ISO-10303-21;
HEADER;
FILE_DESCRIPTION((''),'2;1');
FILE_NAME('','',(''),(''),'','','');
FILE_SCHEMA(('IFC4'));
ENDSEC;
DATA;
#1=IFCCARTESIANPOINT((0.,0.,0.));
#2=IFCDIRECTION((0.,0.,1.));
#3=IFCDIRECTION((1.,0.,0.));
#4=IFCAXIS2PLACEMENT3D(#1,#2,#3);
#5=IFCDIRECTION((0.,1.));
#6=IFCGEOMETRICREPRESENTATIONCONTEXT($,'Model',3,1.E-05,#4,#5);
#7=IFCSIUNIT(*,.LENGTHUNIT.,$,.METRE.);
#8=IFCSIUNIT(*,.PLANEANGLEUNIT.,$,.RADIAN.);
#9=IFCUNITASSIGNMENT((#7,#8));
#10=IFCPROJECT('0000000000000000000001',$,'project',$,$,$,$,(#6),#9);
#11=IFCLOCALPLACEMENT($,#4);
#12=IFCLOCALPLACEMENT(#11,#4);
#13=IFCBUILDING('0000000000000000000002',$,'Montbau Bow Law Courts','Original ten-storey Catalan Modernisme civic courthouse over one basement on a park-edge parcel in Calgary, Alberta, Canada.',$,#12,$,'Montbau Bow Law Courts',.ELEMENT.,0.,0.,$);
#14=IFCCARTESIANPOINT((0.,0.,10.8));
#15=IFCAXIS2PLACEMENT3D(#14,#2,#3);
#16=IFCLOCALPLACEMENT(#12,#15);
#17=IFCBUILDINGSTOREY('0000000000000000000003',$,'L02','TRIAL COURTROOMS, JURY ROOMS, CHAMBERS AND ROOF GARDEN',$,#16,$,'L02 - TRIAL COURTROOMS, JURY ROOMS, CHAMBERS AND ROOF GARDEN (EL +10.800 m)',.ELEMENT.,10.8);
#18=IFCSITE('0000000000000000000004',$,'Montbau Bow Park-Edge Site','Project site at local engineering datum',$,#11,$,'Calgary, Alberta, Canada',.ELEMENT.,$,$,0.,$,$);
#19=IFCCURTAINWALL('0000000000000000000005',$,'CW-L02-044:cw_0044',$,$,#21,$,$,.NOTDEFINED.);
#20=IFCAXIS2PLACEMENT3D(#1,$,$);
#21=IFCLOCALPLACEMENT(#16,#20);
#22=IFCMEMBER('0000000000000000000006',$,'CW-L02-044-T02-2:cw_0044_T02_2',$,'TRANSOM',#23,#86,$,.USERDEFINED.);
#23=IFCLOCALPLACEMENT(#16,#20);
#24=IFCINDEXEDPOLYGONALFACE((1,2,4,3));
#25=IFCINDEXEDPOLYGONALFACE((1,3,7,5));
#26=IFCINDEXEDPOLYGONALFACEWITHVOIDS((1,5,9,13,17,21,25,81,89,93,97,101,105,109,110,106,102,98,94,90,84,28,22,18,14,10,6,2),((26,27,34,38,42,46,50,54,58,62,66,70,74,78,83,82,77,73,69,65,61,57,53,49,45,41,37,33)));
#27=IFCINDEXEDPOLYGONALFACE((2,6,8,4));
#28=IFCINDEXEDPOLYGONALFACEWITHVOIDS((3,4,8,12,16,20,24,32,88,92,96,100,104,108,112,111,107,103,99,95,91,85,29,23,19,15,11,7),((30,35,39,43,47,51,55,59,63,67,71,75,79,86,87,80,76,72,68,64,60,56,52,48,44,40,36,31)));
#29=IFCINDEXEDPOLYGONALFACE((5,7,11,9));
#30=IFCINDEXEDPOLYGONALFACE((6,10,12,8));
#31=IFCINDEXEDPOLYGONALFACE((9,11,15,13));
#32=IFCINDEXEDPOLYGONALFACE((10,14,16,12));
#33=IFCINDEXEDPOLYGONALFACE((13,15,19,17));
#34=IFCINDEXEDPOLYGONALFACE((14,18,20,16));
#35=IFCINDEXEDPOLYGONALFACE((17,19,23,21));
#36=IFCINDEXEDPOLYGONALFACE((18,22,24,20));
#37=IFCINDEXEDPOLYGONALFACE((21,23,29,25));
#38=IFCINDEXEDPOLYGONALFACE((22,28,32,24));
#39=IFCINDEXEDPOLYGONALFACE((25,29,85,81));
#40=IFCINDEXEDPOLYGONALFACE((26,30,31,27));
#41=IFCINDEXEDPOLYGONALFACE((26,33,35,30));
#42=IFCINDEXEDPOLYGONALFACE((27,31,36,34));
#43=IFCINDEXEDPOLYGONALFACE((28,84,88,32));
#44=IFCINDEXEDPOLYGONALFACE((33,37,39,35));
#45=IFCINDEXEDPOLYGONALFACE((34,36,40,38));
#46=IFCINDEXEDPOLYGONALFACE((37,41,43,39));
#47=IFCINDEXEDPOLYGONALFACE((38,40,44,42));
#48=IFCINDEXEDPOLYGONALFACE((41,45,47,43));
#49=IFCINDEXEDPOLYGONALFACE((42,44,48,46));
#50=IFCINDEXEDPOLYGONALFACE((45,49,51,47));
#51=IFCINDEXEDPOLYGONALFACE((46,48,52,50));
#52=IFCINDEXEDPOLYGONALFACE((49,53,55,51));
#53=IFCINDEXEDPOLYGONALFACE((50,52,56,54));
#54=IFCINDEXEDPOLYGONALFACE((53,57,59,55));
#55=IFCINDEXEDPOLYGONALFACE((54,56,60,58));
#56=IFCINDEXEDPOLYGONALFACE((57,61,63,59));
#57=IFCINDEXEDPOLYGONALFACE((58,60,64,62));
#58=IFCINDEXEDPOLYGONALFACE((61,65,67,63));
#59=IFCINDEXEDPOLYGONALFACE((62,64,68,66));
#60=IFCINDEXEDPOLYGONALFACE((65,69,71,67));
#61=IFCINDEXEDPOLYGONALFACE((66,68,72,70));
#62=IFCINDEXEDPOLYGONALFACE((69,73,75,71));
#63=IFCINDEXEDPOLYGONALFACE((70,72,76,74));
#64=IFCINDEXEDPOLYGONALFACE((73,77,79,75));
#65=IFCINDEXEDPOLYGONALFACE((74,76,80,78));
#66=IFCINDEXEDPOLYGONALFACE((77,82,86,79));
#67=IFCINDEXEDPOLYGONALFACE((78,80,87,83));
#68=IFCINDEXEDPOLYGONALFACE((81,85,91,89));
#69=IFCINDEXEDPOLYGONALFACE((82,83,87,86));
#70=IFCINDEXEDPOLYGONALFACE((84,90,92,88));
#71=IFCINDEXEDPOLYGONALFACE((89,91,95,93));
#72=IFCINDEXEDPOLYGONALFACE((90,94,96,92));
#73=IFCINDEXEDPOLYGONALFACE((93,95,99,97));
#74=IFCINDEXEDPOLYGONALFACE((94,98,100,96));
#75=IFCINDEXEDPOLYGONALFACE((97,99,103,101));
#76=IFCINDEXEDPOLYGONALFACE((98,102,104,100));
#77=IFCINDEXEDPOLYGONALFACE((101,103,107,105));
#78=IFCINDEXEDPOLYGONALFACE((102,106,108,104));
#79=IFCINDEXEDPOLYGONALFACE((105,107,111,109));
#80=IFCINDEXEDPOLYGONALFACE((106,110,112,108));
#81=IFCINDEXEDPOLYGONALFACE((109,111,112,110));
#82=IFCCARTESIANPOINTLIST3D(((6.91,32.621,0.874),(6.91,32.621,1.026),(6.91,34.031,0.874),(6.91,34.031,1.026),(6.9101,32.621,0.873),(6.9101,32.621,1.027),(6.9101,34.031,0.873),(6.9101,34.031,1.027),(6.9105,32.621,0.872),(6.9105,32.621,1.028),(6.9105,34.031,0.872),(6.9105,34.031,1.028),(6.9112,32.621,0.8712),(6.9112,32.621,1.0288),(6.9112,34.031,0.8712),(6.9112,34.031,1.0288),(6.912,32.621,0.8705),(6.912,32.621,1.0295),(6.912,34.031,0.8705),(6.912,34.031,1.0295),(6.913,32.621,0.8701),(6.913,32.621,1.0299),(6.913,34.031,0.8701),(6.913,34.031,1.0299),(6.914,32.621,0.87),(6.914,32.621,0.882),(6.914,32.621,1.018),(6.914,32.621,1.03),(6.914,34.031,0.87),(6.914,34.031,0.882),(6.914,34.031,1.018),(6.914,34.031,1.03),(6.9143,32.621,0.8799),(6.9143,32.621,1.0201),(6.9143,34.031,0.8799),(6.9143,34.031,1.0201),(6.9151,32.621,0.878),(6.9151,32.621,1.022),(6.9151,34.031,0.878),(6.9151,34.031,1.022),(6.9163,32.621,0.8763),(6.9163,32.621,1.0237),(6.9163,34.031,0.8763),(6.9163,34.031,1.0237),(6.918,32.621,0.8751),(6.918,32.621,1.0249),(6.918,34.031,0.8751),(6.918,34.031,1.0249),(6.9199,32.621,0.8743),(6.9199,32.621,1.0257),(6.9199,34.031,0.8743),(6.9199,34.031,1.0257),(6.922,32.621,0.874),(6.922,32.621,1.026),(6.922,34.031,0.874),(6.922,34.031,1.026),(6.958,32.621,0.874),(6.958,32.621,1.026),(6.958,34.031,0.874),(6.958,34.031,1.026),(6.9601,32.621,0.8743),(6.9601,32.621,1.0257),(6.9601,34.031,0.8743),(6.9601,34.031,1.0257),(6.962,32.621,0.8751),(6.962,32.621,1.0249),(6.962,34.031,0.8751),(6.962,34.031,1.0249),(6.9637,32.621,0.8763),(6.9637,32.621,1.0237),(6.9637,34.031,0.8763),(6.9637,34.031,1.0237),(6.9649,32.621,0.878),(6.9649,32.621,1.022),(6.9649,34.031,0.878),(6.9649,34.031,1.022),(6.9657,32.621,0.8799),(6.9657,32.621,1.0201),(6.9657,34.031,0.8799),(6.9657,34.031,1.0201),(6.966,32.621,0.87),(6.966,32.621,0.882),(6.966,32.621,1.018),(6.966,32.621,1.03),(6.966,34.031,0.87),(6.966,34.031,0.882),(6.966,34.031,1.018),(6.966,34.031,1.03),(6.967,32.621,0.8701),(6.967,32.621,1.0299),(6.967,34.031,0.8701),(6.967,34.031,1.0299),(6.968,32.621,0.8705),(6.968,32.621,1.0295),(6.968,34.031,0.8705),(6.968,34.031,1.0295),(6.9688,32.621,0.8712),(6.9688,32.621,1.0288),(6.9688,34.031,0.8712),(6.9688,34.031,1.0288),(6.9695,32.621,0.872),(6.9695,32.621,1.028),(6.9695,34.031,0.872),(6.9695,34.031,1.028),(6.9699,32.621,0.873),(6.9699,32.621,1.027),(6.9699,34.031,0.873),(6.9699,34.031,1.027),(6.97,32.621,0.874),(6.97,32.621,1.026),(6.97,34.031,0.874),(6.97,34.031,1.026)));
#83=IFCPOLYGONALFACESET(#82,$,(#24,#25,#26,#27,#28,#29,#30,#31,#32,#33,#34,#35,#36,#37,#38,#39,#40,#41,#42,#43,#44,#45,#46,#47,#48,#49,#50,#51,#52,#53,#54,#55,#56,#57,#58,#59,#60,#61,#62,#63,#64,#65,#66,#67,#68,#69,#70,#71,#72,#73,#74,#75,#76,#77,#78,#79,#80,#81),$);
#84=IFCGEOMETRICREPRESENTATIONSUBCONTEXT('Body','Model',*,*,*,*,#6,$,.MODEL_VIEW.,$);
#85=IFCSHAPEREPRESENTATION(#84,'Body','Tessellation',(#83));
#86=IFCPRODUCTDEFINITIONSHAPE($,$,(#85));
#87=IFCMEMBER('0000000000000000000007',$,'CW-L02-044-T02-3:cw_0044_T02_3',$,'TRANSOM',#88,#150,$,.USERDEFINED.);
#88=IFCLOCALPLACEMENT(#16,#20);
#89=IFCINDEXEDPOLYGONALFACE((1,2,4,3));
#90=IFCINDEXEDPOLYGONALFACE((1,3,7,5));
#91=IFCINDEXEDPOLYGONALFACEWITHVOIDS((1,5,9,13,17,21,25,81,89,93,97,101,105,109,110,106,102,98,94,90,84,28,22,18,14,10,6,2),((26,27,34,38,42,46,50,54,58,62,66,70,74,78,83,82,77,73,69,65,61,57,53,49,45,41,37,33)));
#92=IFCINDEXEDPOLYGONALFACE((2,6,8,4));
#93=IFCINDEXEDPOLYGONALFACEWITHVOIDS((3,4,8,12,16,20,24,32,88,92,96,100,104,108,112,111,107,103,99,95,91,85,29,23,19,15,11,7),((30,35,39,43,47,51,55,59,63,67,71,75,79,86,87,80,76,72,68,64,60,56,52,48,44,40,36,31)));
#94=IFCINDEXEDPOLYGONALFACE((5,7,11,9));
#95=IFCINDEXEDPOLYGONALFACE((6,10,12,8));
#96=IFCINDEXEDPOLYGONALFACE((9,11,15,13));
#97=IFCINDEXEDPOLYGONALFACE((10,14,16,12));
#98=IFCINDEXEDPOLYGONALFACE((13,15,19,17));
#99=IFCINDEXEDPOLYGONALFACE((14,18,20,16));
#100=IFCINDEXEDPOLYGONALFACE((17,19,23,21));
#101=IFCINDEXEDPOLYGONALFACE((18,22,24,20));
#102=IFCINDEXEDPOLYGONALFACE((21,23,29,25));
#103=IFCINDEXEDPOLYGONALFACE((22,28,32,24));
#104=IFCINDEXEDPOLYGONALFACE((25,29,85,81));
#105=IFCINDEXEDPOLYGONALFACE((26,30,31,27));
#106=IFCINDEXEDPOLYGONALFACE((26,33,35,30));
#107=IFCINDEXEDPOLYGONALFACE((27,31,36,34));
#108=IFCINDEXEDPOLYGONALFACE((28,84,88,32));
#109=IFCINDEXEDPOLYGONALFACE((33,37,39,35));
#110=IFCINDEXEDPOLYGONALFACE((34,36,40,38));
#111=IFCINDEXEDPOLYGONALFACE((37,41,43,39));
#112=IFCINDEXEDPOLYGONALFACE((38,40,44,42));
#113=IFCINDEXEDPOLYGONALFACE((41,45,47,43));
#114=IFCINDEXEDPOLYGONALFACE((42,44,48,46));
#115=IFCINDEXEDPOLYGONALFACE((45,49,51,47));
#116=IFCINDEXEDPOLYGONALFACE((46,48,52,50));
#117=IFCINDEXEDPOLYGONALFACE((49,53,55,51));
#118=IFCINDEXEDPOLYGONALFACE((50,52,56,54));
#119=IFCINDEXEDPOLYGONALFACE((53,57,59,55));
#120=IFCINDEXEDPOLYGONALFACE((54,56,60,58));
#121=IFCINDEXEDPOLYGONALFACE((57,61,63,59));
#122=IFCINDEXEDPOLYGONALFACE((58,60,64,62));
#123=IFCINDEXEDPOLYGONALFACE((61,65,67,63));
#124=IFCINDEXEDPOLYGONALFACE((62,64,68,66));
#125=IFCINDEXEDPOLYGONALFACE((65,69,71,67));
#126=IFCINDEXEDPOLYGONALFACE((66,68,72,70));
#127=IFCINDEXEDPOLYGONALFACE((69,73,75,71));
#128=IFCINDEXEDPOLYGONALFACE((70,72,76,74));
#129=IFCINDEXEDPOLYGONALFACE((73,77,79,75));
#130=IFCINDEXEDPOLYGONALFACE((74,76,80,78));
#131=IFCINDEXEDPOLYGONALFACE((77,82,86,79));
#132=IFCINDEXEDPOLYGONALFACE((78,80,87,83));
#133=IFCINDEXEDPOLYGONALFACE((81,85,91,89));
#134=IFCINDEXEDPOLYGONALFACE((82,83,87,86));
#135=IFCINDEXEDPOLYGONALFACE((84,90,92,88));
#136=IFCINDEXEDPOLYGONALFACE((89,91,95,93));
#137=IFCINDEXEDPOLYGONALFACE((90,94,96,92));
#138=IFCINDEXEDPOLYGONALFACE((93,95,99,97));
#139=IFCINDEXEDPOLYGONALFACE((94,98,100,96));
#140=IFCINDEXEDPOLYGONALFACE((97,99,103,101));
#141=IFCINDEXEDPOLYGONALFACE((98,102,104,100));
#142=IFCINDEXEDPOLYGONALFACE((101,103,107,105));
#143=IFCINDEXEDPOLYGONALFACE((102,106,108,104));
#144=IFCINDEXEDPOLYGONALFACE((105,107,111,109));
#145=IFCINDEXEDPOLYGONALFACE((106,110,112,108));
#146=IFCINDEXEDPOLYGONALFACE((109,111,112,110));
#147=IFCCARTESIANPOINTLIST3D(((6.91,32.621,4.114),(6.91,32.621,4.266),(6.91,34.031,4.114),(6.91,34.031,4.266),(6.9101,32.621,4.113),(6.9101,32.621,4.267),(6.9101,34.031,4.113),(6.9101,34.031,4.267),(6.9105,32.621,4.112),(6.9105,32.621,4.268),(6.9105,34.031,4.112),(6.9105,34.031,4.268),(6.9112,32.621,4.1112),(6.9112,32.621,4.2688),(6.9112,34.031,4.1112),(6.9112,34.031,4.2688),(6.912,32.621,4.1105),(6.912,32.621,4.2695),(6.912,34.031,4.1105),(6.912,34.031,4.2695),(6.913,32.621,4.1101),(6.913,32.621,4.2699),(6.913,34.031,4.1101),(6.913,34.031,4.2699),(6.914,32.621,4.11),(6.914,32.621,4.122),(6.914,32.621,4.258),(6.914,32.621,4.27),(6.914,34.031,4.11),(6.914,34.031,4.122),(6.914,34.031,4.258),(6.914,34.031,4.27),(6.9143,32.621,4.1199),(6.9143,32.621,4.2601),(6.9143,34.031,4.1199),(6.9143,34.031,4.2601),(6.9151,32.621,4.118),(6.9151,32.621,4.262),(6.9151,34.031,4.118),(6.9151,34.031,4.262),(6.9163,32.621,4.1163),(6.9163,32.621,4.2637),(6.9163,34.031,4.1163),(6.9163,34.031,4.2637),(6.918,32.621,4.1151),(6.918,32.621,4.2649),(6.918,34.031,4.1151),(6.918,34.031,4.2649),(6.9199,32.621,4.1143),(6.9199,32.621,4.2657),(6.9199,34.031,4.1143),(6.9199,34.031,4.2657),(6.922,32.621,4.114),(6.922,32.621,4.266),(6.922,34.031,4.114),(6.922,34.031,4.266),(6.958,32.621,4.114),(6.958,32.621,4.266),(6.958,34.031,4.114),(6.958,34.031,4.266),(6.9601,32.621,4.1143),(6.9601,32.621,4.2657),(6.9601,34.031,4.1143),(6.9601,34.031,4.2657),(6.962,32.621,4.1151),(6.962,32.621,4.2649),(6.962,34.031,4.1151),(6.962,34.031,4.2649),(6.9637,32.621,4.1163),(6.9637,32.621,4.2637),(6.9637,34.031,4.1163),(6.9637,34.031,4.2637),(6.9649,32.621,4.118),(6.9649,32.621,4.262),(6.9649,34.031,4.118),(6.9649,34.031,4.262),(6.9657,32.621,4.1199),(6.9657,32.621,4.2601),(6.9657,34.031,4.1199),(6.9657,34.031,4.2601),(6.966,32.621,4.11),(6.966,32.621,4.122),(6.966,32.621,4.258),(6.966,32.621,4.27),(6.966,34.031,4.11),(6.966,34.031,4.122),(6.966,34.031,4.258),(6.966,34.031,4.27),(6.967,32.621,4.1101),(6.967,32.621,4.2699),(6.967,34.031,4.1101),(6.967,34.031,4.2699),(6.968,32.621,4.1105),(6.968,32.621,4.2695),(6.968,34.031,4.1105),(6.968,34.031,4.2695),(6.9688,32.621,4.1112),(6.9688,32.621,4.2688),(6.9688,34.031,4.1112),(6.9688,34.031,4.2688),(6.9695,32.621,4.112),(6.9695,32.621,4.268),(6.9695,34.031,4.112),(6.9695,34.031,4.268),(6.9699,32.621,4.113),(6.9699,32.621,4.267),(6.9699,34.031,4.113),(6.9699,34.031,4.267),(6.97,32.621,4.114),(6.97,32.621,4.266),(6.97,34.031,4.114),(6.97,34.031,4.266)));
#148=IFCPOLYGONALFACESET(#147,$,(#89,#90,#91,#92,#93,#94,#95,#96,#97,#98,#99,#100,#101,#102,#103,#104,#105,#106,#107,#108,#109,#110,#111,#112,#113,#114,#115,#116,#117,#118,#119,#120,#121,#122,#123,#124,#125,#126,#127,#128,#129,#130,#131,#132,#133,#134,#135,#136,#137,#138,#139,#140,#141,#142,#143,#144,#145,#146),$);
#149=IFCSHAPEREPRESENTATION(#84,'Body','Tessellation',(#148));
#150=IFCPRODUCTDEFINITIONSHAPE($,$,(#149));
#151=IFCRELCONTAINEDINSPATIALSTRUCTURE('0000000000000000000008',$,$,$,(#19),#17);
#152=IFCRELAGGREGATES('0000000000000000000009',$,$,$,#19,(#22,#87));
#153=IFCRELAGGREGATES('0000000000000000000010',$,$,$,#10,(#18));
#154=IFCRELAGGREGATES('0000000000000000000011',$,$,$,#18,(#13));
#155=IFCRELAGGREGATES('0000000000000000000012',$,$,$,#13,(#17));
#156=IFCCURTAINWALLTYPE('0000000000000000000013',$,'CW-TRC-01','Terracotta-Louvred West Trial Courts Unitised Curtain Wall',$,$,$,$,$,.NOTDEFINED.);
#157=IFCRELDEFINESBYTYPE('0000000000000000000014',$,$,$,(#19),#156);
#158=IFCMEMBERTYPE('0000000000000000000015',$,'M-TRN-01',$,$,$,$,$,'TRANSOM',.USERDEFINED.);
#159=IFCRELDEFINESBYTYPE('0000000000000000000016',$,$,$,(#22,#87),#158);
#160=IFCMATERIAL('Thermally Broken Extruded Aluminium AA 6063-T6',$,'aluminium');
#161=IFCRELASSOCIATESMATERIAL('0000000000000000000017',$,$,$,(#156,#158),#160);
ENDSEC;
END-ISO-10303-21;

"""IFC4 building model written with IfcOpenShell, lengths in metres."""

from ifc_helpers import new_model, si_unit, direction, frame, origin_with_axes, origin_2d_with_axis, place, context, subcontext, project, spatial, hollow_rectangle, extrude, material, material_profile, profile_set, type_object, element, aggregate, save


model = new_model("IFC4")

# Units and contexts
model_context = context("Model", 3, precision=1e-05, world=origin_with_axes(), true_north=direction((0.0, 1.0)))
body_context = subcontext(model_context, "Body", "Model", "MODEL_VIEW")
ifc_project = project(units=[si_unit("LENGTHUNIT", "METRE"), si_unit("PLANEANGLEUNIT", "RADIAN")], contexts=[model_context])

# Site, building, storey
site_placement = place(None, origin_with_axes())
site = spatial("IfcSite", under=ifc_project, at=site_placement, Name="Montbau Bow Park-Edge Site", Description="Project site at local engineering datum", LongName="Calgary, Alberta, Canada", CompositionType="ELEMENT", RefElevation=0.0)
building_placement = place(site_placement, origin_with_axes())
building = spatial("IfcBuilding", under=site, at=building_placement, Name="Montbau Bow Law Courts", Description="Original ten-storey Catalan Modernisme civic courthouse over one basement on a park-edge parcel in Calgary, Alberta, Canada.", LongName="Montbau Bow Law Courts", CompositionType="ELEMENT", ElevationOfRefHeight=0.0, ElevationOfTerrain=0.0)
storey_placement = place(building_placement, frame((0.0, 0.0, 10.8), z_axis=(0.0, 0.0, 1.0), x_axis=(1.0, 0.0, 0.0)))
storey = spatial("IfcBuildingStorey", under=building, at=storey_placement, Name="L02", Description="TRIAL COURTROOMS, JURY ROOMS, CHAMBERS AND ROOF GARDEN", LongName="L02 - TRIAL COURTROOMS, JURY ROOMS, CHAMBERS AND ROOF GARDEN (EL +10.800 m)", CompositionType="ELEMENT", Elevation=10.8)

# Curtain wall, members
ifc_material_1 = material(Name="Thermally Broken Extruded Aluminium AA 6063-T6", Category="aluminium")
curtain_wall_type = type_object("IfcCurtainWallType", Name="CW-TRC-01", Description="Terracotta-Louvred West Trial Courts Unitised Curtain Wall", PredefinedType="NOTDEFINED", material=ifc_material_1)
curtain_wall_placement = place(None, frame((6.94, 31.115, 10.8), z_axis=(0.0, 0.0, 1.0), x_axis=(1.0, 0.0, 0.0)))
curtain_wall = element("IfcCurtainWall", 1, at=curtain_wall_placement, inside=storey, type_object=curtain_wall_type, Name="CW-L02-044:cw_0044", PredefinedType="NOTDEFINED")
ifc_material_profile_1 = material_profile(ifc_material_1, hollow_rectangle(XDim=0.06, YDim=0.16, WallThickness=0.004, InnerFilletRadius=0.008, OuterFilletRadius=0.004, at=origin_2d_with_axis()), Name="CWT-160X60", Category="Main", Priority=0)
ifc_profile_set_1 = profile_set([ifc_material_profile_1], Name="Thermally Broken Extruded Aluminium AA 6063-T6")
member_type_1 = type_object("IfcMemberType", Name="M-TRN-01", ElementType="TRANSOM", PredefinedType="USERDEFINED", material=ifc_profile_set_1)
member_1_placement = place(None, frame((6.94, 32.621, 11.75), z_axis=(0.0, 1.0, 0.0), x_axis=(-1.0, 0.0, 0.0)))
member_1 = element("IfcMember", 2, at=member_1_placement, type_object=member_type_1, Name="CW-L02-044-T02-2:cw_0044_T02_2", ObjectType="TRANSOM", PredefinedType="USERDEFINED", context=body_context, shape_type="SweptSolid", body=[
    extrude(hollow_rectangle(XDim=0.06, YDim=0.16, WallThickness=0.004, InnerFilletRadius=0.008, OuterFilletRadius=0.004, at=origin_2d_with_axis()), origin_with_axes(), (0.0, 0.0, 1.0), 1.41),
])
member_2_placement = place(None, frame((6.94, 32.621, 14.99), z_axis=(0.0, 1.0, 0.0), x_axis=(-1.0, 0.0, 0.0)))
member_2 = element("IfcMember", 3, at=member_2_placement, type_object=member_type_1, Name="CW-L02-044-T02-3:cw_0044_T02_3", ObjectType="TRANSOM", PredefinedType="USERDEFINED", context=body_context, shape_type="SweptSolid", body=[
    extrude(hollow_rectangle(XDim=0.06, YDim=0.16, WallThickness=0.004, InnerFilletRadius=0.008, OuterFilletRadius=0.004, at=origin_2d_with_axis()), origin_with_axes(), (0.0, 0.0, 1.0), 1.41),
])
aggregate(curtain_wall, [member_1, member_2])

save(model, "model.ifc")
